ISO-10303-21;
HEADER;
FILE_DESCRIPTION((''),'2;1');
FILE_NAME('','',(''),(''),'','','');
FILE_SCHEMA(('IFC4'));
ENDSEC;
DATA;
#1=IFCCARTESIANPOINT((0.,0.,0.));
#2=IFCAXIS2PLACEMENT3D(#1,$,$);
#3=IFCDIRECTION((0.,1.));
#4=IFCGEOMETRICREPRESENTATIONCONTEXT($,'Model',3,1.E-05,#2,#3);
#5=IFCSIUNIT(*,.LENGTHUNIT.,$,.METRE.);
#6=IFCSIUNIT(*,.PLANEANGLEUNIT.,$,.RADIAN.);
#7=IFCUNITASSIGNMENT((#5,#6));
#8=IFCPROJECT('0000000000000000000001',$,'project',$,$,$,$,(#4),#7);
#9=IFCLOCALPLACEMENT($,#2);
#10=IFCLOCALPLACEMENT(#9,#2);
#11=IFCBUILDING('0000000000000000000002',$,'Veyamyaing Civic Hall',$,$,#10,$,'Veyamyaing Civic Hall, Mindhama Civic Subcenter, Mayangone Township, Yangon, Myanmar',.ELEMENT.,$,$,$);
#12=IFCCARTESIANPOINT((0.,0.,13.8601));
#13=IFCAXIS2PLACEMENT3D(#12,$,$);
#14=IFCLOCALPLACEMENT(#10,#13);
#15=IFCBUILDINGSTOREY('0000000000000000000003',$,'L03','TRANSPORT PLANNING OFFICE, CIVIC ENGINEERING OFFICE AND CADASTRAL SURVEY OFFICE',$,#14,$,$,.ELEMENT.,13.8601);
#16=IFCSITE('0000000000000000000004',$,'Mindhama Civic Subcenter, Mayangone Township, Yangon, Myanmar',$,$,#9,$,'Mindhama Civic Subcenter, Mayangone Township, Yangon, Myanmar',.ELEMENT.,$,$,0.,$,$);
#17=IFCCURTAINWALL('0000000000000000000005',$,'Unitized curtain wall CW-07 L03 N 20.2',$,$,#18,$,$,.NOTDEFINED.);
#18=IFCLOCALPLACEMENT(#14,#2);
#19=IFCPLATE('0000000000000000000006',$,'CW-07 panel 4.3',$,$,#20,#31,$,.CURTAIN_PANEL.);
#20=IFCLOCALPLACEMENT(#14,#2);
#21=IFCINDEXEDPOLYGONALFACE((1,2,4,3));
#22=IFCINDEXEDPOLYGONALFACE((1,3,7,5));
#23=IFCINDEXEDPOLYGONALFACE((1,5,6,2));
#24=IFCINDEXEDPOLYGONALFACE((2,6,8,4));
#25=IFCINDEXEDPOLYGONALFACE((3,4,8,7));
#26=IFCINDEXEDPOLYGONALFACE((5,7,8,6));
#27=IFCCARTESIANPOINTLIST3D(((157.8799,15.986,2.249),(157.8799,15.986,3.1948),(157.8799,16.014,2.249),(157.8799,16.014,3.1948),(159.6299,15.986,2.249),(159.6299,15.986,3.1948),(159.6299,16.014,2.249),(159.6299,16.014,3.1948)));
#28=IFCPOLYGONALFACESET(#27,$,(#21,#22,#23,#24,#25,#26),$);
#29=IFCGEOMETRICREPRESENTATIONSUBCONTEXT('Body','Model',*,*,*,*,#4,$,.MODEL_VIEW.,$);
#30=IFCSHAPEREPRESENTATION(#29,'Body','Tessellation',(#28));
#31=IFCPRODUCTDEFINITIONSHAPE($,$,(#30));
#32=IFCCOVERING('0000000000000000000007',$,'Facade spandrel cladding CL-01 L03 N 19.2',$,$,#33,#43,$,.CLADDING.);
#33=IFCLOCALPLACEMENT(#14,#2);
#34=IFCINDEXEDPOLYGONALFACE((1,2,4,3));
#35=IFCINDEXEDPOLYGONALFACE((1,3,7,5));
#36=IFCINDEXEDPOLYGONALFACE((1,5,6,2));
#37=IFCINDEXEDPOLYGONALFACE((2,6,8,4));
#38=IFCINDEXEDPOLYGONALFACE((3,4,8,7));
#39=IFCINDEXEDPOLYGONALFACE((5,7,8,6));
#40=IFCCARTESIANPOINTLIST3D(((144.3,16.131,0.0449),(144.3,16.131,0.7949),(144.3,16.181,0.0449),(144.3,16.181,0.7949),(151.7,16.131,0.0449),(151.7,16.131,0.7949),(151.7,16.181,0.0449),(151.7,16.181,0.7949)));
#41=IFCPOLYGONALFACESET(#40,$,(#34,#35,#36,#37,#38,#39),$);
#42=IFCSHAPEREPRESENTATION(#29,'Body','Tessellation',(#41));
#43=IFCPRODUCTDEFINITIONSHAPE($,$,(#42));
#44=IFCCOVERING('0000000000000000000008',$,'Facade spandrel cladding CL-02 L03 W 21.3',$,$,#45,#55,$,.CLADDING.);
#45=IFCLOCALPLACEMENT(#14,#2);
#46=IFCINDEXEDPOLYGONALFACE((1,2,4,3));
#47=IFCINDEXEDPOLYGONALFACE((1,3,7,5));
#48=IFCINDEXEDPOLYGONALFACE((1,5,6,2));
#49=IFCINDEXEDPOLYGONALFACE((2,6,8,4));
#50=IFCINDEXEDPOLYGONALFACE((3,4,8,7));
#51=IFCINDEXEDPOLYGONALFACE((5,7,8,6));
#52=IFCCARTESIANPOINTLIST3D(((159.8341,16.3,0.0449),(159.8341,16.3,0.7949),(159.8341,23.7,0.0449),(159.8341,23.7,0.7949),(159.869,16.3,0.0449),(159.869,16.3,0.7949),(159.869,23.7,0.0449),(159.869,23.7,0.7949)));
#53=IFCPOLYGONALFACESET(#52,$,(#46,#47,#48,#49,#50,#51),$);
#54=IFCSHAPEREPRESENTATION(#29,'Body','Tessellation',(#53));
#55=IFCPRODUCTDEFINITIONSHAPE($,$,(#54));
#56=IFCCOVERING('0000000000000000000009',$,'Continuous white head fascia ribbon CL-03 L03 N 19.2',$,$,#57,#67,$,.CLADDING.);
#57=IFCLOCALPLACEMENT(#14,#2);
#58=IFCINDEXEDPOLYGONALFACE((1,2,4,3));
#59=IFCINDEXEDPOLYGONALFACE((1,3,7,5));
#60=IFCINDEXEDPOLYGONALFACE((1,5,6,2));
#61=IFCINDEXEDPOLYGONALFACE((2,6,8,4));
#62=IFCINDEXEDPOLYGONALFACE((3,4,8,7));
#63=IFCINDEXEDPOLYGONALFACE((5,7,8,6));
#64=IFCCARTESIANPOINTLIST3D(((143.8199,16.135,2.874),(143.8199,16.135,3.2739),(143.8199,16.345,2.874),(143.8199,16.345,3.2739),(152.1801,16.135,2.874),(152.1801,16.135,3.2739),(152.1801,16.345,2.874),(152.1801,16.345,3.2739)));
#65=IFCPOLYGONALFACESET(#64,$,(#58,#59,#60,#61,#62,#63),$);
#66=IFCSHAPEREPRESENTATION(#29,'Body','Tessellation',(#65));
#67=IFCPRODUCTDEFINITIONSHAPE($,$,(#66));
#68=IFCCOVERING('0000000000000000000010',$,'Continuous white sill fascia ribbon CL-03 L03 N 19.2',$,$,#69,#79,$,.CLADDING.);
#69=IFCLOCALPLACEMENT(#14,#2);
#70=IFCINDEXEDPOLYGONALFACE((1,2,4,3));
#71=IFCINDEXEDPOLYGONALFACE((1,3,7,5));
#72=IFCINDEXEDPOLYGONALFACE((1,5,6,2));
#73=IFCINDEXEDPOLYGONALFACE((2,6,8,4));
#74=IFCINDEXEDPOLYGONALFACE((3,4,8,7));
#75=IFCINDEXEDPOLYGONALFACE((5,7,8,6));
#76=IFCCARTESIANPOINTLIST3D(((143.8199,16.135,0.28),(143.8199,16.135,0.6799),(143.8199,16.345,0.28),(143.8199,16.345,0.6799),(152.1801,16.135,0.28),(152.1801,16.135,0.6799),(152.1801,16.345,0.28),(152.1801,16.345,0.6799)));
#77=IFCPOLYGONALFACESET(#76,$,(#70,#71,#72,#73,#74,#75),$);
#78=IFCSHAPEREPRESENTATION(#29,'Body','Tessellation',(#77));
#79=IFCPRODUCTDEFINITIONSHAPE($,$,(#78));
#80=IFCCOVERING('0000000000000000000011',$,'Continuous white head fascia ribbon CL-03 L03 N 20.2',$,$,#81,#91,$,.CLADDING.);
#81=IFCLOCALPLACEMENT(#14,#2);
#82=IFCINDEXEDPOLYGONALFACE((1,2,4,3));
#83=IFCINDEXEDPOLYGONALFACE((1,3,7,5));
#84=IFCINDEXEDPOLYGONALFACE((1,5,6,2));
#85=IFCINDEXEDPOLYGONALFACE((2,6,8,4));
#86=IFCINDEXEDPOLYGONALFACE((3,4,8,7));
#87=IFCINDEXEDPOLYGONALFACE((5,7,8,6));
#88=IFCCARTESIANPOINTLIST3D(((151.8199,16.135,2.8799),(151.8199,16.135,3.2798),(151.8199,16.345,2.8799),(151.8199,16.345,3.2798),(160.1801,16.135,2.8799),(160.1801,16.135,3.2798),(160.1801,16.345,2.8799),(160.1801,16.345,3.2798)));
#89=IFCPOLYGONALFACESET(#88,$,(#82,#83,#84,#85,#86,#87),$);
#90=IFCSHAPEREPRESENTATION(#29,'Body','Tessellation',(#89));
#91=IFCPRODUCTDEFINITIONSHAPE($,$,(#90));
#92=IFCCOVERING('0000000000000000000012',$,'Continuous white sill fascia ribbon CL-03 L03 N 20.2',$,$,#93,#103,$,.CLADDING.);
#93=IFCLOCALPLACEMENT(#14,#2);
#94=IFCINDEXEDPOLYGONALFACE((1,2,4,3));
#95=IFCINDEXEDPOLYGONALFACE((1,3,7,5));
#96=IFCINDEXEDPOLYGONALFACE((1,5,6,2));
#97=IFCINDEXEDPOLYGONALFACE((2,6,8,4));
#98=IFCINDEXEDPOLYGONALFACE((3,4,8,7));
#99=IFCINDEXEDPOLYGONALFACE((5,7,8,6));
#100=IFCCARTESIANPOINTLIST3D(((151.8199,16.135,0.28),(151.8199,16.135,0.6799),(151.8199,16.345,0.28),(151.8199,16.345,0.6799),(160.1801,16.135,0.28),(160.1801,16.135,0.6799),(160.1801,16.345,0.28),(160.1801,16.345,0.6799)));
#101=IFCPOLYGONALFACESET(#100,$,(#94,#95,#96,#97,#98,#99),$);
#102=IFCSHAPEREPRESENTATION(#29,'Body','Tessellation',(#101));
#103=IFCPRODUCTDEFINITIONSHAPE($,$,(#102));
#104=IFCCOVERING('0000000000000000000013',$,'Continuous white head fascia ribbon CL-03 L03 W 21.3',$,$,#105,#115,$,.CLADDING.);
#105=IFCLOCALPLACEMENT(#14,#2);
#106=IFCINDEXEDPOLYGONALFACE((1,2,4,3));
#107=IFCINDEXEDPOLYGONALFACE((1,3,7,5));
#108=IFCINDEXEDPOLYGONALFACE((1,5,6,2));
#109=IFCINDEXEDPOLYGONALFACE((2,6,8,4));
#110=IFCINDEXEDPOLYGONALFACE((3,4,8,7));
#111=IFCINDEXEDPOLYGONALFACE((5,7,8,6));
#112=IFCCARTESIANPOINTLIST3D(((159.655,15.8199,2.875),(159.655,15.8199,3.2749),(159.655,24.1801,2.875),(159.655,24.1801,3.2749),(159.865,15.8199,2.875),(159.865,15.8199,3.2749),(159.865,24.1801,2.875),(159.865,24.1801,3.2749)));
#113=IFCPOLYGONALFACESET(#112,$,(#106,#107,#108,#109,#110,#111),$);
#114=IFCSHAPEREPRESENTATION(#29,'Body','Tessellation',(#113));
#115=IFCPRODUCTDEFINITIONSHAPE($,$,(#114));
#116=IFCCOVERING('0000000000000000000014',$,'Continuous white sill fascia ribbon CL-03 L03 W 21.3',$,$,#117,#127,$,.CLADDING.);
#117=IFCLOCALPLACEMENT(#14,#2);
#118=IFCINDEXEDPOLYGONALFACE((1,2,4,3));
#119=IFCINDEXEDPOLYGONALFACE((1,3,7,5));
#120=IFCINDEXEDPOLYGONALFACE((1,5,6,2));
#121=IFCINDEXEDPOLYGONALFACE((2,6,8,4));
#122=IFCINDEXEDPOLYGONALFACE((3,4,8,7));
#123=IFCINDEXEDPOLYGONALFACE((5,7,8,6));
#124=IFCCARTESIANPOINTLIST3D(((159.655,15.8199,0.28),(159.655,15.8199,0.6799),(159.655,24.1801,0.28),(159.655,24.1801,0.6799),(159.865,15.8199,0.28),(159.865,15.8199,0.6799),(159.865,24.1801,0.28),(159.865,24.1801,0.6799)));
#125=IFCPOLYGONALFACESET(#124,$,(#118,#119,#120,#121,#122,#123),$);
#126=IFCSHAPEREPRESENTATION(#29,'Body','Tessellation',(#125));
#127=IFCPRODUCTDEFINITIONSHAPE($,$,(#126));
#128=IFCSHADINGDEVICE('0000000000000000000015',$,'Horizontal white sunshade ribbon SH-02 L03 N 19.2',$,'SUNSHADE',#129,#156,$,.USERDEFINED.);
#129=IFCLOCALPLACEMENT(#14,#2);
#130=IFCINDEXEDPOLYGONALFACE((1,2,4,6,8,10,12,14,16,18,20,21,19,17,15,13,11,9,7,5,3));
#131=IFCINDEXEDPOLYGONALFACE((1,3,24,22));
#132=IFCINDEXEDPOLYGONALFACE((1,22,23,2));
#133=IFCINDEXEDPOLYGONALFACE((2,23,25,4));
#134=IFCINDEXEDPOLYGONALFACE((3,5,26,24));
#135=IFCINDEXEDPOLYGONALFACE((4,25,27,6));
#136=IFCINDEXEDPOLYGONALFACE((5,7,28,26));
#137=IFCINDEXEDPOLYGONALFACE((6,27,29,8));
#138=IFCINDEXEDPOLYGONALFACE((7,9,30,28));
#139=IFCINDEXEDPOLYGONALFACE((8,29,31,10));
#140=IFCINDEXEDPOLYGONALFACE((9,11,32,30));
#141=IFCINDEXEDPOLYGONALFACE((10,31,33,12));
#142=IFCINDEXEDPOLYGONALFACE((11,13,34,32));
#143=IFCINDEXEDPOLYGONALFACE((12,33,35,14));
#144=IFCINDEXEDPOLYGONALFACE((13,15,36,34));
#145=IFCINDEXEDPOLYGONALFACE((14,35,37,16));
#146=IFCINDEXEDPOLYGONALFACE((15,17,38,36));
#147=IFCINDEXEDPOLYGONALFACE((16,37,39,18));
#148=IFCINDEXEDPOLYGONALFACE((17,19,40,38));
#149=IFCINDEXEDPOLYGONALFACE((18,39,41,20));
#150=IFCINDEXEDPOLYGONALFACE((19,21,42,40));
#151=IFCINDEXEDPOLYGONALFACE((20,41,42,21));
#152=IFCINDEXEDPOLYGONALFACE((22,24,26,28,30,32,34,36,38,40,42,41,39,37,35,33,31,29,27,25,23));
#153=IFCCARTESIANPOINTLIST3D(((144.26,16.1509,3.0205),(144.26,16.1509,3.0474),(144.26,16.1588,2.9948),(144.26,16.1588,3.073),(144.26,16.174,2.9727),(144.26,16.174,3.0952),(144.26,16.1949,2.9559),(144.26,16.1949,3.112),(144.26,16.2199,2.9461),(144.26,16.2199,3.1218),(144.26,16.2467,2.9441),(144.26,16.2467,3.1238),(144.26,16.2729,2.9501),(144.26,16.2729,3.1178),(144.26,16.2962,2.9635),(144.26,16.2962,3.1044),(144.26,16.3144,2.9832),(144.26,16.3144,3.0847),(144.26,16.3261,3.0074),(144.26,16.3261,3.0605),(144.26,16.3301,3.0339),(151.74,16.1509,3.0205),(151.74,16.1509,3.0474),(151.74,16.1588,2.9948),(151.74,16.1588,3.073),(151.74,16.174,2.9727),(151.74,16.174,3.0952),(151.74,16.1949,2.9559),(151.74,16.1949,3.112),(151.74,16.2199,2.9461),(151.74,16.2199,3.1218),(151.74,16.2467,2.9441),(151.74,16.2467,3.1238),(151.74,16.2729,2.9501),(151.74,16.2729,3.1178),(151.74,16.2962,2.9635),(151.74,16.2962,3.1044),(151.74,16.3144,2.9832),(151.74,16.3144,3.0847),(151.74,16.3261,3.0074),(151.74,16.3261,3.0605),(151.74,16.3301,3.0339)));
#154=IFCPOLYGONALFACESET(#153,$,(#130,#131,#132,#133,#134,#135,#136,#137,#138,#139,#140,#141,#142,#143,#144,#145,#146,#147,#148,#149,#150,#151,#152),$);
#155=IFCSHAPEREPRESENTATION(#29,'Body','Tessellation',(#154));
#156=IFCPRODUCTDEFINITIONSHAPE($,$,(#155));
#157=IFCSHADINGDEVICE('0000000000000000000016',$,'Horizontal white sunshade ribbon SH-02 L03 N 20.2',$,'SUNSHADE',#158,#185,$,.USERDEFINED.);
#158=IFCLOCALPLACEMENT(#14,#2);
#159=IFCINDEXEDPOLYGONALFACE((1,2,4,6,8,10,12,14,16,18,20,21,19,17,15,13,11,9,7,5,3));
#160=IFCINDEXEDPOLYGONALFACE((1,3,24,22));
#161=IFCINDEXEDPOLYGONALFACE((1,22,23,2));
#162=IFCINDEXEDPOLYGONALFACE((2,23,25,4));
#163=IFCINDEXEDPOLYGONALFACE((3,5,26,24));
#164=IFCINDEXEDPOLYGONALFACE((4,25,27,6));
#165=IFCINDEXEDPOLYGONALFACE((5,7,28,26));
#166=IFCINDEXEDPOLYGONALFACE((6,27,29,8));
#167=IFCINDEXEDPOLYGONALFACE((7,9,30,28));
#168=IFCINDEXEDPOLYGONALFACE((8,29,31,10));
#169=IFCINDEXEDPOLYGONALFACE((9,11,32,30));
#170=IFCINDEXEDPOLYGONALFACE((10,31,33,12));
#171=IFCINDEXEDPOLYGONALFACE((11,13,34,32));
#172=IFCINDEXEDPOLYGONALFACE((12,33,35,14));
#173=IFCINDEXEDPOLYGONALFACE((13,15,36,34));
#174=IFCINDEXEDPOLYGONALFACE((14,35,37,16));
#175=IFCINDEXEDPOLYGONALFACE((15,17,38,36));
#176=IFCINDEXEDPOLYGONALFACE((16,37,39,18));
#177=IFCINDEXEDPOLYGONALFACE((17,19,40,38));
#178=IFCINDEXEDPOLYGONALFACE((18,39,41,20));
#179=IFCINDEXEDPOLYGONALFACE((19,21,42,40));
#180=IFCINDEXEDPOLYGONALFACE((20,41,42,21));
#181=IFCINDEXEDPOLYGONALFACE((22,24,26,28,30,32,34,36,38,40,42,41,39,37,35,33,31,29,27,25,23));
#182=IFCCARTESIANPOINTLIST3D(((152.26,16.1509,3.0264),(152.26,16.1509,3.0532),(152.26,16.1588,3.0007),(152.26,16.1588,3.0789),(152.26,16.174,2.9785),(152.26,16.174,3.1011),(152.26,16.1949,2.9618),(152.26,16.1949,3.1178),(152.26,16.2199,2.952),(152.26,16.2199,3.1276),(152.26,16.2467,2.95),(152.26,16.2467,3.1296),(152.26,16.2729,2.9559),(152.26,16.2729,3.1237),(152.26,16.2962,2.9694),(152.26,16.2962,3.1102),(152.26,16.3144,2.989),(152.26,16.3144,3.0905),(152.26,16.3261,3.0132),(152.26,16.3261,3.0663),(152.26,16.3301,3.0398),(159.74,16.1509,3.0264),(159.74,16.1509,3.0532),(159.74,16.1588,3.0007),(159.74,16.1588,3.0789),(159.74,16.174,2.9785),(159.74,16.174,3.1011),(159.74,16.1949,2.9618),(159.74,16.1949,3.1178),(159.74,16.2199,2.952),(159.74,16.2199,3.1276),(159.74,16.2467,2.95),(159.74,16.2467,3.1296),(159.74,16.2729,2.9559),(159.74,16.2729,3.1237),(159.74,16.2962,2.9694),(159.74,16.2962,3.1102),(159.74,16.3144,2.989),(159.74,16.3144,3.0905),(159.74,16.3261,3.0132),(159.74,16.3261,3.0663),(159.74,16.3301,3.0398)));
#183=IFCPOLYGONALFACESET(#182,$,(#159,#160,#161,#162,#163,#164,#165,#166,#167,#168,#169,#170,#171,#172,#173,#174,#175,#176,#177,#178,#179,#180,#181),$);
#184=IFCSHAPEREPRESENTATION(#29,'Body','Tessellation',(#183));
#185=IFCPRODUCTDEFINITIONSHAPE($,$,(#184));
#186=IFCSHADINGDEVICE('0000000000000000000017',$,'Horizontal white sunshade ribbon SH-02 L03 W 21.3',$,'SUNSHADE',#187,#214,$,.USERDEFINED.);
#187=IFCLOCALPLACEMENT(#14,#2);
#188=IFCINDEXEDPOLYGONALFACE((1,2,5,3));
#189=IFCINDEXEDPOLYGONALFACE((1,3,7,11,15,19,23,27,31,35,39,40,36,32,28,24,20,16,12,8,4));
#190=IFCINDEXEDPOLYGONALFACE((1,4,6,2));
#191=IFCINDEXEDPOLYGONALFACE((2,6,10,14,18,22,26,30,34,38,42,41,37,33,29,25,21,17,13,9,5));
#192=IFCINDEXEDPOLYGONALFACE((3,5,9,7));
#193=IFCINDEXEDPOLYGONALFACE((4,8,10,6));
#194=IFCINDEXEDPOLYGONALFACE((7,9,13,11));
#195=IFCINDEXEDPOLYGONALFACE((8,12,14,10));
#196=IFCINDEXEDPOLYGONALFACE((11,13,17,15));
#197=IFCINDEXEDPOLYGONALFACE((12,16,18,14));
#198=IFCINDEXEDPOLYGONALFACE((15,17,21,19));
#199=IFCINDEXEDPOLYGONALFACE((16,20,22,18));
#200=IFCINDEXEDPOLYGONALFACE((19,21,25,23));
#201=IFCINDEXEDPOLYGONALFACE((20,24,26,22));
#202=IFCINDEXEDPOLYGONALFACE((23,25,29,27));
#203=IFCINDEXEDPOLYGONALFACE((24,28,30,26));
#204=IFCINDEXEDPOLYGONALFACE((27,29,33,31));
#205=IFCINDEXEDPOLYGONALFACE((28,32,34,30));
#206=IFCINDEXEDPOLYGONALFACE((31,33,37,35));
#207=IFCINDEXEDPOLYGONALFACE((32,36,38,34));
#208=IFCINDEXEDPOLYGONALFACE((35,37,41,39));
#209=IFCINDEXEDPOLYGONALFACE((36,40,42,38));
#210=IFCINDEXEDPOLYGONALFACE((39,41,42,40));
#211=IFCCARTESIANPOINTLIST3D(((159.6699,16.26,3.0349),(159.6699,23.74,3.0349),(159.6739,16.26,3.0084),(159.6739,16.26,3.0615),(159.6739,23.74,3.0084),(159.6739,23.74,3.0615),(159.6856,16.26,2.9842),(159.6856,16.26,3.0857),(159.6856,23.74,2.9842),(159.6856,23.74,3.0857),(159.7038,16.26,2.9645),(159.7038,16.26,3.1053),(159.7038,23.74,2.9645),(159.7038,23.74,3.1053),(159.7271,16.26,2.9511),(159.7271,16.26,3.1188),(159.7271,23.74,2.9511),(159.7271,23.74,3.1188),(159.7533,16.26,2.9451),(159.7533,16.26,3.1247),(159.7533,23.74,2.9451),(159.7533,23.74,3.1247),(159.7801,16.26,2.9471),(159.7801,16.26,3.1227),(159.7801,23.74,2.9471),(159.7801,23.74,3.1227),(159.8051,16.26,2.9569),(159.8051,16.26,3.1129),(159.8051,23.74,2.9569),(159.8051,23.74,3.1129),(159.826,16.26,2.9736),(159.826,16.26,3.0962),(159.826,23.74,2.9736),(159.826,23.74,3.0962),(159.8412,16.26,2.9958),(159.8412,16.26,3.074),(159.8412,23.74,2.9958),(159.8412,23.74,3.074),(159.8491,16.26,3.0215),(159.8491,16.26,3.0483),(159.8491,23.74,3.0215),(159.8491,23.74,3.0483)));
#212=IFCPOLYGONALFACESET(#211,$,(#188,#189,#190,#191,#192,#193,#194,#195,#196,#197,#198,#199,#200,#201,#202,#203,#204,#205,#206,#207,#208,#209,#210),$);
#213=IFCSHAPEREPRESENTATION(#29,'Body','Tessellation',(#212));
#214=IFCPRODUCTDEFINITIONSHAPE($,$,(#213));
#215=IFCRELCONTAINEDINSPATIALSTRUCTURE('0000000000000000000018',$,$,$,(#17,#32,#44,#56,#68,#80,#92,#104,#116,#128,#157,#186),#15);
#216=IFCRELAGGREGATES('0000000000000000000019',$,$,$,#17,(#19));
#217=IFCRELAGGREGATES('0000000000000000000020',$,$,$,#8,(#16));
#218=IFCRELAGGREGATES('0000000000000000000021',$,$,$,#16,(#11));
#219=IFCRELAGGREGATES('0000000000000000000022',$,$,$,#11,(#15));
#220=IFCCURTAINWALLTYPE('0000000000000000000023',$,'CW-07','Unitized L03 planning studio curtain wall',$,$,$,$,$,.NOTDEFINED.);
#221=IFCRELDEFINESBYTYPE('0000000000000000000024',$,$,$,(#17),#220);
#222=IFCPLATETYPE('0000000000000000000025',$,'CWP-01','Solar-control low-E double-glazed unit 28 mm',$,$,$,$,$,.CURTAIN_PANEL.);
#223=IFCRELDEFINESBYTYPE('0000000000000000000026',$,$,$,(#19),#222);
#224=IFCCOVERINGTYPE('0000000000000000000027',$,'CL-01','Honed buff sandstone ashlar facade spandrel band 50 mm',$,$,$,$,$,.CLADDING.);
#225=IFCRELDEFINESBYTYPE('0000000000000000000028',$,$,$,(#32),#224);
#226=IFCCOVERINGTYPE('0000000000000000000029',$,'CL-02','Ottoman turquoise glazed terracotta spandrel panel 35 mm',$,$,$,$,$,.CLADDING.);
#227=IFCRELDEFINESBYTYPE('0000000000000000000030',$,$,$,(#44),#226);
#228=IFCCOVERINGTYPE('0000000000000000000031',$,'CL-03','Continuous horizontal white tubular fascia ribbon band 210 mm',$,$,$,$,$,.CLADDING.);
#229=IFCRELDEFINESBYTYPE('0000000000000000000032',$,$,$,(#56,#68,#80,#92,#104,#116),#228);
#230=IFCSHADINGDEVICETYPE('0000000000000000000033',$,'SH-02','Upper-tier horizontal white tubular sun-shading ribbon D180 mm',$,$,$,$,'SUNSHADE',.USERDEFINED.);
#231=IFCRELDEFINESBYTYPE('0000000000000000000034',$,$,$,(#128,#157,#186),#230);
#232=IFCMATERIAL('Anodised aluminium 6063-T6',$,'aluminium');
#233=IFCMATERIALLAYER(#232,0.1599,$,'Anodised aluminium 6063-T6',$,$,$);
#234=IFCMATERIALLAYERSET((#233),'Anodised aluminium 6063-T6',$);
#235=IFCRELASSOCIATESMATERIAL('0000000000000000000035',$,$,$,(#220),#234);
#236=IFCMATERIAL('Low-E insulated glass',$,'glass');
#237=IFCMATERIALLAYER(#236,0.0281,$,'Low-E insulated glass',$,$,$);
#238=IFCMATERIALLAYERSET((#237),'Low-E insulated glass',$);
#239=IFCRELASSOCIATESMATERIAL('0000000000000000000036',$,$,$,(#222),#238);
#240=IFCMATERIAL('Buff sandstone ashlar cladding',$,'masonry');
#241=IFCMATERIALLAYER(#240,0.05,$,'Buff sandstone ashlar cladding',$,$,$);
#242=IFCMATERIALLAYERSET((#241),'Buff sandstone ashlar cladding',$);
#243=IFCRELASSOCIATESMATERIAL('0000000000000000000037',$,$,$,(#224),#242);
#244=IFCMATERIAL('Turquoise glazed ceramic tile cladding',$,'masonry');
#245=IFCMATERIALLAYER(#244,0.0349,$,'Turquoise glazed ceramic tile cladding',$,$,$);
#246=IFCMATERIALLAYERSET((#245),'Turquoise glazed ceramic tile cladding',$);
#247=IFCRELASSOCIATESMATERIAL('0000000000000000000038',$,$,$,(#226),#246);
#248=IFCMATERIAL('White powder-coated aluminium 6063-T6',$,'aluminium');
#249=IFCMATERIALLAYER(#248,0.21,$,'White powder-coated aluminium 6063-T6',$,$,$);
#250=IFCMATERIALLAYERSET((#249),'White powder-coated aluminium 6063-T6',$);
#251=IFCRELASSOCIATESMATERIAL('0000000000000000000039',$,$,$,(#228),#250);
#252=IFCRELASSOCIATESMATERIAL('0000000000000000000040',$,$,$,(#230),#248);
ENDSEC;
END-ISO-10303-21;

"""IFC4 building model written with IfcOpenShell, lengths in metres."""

from ifc_helpers import new_model, si_unit, direction, frame, origin, origin_2d, place, context, subcontext, project, spatial, rectangle, circle, extrude, material, layer, layer_set, material_profile, profile_set, type_object, element, aggregate, save


model = new_model("IFC4")

# Units and contexts
model_context = context("Model", 3, precision=1e-05, world=origin(), true_north=direction((0.0, 1.0)))
body_context = subcontext(model_context, "Body", "Model", "MODEL_VIEW")
ifc_project = project(units=[si_unit("LENGTHUNIT", "METRE"), si_unit("PLANEANGLEUNIT", "RADIAN")], contexts=[model_context])

# Site, building, storey
site_placement = place(None, origin())
site = spatial("IfcSite", under=ifc_project, at=site_placement, Name="Mindhama Civic Subcenter, Mayangone Township, Yangon, Myanmar", LongName="Mindhama Civic Subcenter, Mayangone Township, Yangon, Myanmar", CompositionType="ELEMENT", RefElevation=0.0)
building_placement = place(site_placement, origin())
building = spatial("IfcBuilding", under=site, at=building_placement, Name="Veyamyaing Civic Hall", LongName="Veyamyaing Civic Hall, Mindhama Civic Subcenter, Mayangone Township, Yangon, Myanmar", CompositionType="ELEMENT")
storey_placement = place(building_placement, frame((0.0, 0.0, 13.8601)))
storey = spatial("IfcBuildingStorey", under=building, at=storey_placement, Name="L03", Description="TRANSPORT PLANNING OFFICE, CIVIC ENGINEERING OFFICE AND CADASTRAL SURVEY OFFICE", CompositionType="ELEMENT", Elevation=13.8601)

# Curtain wall
ifc_material_1 = material(Name="Anodised aluminium 6063-T6", Category="aluminium")
ifc_layer_1 = layer(ifc_material_1, 0.1599, Name="Anodised aluminium 6063-T6")
ifc_layer_set_1 = layer_set([ifc_layer_1], Name="Anodised aluminium 6063-T6")
curtain_wall_type = type_object("IfcCurtainWallType", Name="CW-07", Description="Unitized L03 planning studio curtain wall", PredefinedType="NOTDEFINED", material=ifc_layer_set_1)
curtain_wall_placement = place(storey_placement, origin())
curtain_wall = element("IfcCurtainWall", 1, at=curtain_wall_placement, inside=storey, type_object=curtain_wall_type, Name="Unitized curtain wall CW-07 L03 N 20.2", PredefinedType="NOTDEFINED")

# Plate
ifc_material_2 = material(Name="Low-E insulated glass", Category="glass")
ifc_layer_2 = layer(ifc_material_2, 0.0281, Name="Low-E insulated glass")
ifc_layer_set_2 = layer_set([ifc_layer_2], Name="Low-E insulated glass")
plate_type = type_object("IfcPlateType", Name="CWP-01", Description="Solar-control low-E double-glazed unit 28 mm", PredefinedType="CURTAIN_PANEL", material=ifc_layer_set_2)
plate_1_placement = place(storey_placement, frame((158.7549, 16.0, 2.249), z_axis=(0.0, 0.0, 1.0), x_axis=(1.0, 0.0, 0.0)))
plate_1 = element("IfcPlate", 2, at=plate_1_placement, type_object=plate_type, Name="CW-07 panel 4.3", PredefinedType="CURTAIN_PANEL", context=body_context, shape_type="SweptSolid", body=[
    extrude(rectangle(XDim=1.75, YDim=0.0281, at=origin_2d()), origin(), (0.0, 0.0, 1.0), 0.9458),
])
aggregate(curtain_wall, [plate_1])

# Coverings
ifc_material_3 = material(Name="Buff sandstone ashlar cladding", Category="masonry")
ifc_layer_3 = layer(ifc_material_3, 0.05, Name="Buff sandstone ashlar cladding")
ifc_layer_set_3 = layer_set([ifc_layer_3], Name="Buff sandstone ashlar cladding")
covering_type_1 = type_object("IfcCoveringType", Name="CL-01", Description="Honed buff sandstone ashlar facade spandrel band 50 mm", PredefinedType="CLADDING", material=ifc_layer_set_3)
covering_1_placement = place(storey_placement, frame((148.0, 16.156, 0.0449), z_axis=(0.0, 0.0, 1.0), x_axis=(1.0, 0.0, 0.0)))
element("IfcCovering", 3, at=covering_1_placement, inside=storey, type_object=covering_type_1, Name="Facade spandrel cladding CL-01 L03 N 19.2", PredefinedType="CLADDING", context=body_context, shape_type="SweptSolid", body=[
    extrude(rectangle(XDim=7.3999, YDim=0.05, at=origin_2d()), origin(), (0.0, 0.0, 1.0), 0.75),
])
ifc_material_4 = material(Name="Turquoise glazed ceramic tile cladding", Category="masonry")
ifc_layer_4 = layer(ifc_material_4, 0.0349, Name="Turquoise glazed ceramic tile cladding")
ifc_layer_set_4 = layer_set([ifc_layer_4], Name="Turquoise glazed ceramic tile cladding")
covering_type_2 = type_object("IfcCoveringType", Name="CL-02", Description="Ottoman turquoise glazed terracotta spandrel panel 35 mm", PredefinedType="CLADDING", material=ifc_layer_set_4)
covering_2_placement = place(storey_placement, frame((159.8516, 20.0, 0.0449), z_axis=(0.0, 0.0, 1.0), x_axis=(0.0, 1.0, 0.0)))
element("IfcCovering", 4, at=covering_2_placement, inside=storey, type_object=covering_type_2, Name="Facade spandrel cladding CL-02 L03 W 21.3", PredefinedType="CLADDING", context=body_context, shape_type="SweptSolid", body=[
    extrude(rectangle(XDim=7.3999, YDim=0.0349, at=origin_2d()), origin(), (0.0, 0.0, 1.0), 0.75),
])
ifc_material_5 = material(Name="White powder-coated aluminium 6063-T6", Category="aluminium")
ifc_layer_5 = layer(ifc_material_5, 0.21, Name="White powder-coated aluminium 6063-T6")
ifc_layer_set_5 = layer_set([ifc_layer_5], Name="White powder-coated aluminium 6063-T6")
covering_type_3 = type_object("IfcCoveringType", Name="CL-03", Description="Continuous horizontal white tubular fascia ribbon band 210 mm", PredefinedType="CLADDING", material=ifc_layer_set_5)
for number, where, z_axis, x_axis, name in (
    (5, (148.0, 16.24, 2.874), (0.0, 0.0, 1.0), (1.0, 0.0, 0.0), "Continuous white head fascia ribbon CL-03 L03 N 19.2"),
    (6, (148.0, 16.24, 0.28), (0.0, 0.0, 1.0), (1.0, 0.0, 0.0), "Continuous white sill fascia ribbon CL-03 L03 N 19.2"),
    (7, (156.0, 16.24, 2.8799), (0.0, 0.0, 1.0), (1.0, 0.0, 0.0), "Continuous white head fascia ribbon CL-03 L03 N 20.2"),
    (8, (156.0, 16.24, 0.28), (0.0, 0.0, 1.0), (1.0, 0.0, 0.0), "Continuous white sill fascia ribbon CL-03 L03 N 20.2"),
    (9, (159.76, 20.0, 2.875), (0.0, 0.0, 1.0), (0.0, 1.0, 0.0), "Continuous white head fascia ribbon CL-03 L03 W 21.3"),
    (10, (159.76, 20.0, 0.28), (0.0, 0.0, 1.0), (0.0, 1.0, 0.0), "Continuous white sill fascia ribbon CL-03 L03 W 21.3"),
):
    element("IfcCovering", number, at=place(storey_placement, frame(where, z_axis=z_axis, x_axis=x_axis)), inside=storey, type_object=covering_type_3, Name=name, PredefinedType="CLADDING", context=body_context, shape_type="SweptSolid", body=[
        extrude(rectangle(XDim=8.3601, YDim=0.21, at=origin_2d()), origin(), (0.0, 0.0, 1.0), 0.3999),
    ])

# Shading devices
ifc_material_profile_1 = material_profile(ifc_material_5, circle(Radius=0.0901, at=origin_2d()), Name="SHADE-TUBE-180")
ifc_profile_set_1 = profile_set([ifc_material_profile_1], Name="White powder-coated aluminium 6063-T6")
shading_device_type = type_object("IfcShadingDeviceType", Name="SH-02", Description="Upper-tier horizontal white tubular sun-shading ribbon D180 mm", ElementType="SUNSHADE", PredefinedType="USERDEFINED", material=ifc_profile_set_1)
for number, where, z_axis, x_axis, name in (
    (11, (144.26, 16.24, 3.0339), (1.0, 0.0, 0.0), (0.0, 1.0, 0.0), "Horizontal white sunshade ribbon SH-02 L03 N 19.2"),
    (12, (152.26, 16.24, 3.0398), (1.0, 0.0, 0.0), (0.0, 1.0, 0.0), "Horizontal white sunshade ribbon SH-02 L03 N 20.2"),
    (13, (159.76, 16.26, 3.0349), (0.0, 1.0, 0.0), (-1.0, 0.0, 0.0), "Horizontal white sunshade ribbon SH-02 L03 W 21.3"),
):
    element("IfcShadingDevice", number, at=place(storey_placement, frame(where, z_axis=z_axis, x_axis=x_axis)), inside=storey, type_object=shading_device_type, Name=name, ObjectType="SUNSHADE", PredefinedType="USERDEFINED", context=body_context, shape_type="SweptSolid", body=[
        extrude(circle(Radius=0.0901, at=origin_2d()), origin(), (0.0, 0.0, 1.0), 7.48),
    ])

save(model, "model.ifc")
